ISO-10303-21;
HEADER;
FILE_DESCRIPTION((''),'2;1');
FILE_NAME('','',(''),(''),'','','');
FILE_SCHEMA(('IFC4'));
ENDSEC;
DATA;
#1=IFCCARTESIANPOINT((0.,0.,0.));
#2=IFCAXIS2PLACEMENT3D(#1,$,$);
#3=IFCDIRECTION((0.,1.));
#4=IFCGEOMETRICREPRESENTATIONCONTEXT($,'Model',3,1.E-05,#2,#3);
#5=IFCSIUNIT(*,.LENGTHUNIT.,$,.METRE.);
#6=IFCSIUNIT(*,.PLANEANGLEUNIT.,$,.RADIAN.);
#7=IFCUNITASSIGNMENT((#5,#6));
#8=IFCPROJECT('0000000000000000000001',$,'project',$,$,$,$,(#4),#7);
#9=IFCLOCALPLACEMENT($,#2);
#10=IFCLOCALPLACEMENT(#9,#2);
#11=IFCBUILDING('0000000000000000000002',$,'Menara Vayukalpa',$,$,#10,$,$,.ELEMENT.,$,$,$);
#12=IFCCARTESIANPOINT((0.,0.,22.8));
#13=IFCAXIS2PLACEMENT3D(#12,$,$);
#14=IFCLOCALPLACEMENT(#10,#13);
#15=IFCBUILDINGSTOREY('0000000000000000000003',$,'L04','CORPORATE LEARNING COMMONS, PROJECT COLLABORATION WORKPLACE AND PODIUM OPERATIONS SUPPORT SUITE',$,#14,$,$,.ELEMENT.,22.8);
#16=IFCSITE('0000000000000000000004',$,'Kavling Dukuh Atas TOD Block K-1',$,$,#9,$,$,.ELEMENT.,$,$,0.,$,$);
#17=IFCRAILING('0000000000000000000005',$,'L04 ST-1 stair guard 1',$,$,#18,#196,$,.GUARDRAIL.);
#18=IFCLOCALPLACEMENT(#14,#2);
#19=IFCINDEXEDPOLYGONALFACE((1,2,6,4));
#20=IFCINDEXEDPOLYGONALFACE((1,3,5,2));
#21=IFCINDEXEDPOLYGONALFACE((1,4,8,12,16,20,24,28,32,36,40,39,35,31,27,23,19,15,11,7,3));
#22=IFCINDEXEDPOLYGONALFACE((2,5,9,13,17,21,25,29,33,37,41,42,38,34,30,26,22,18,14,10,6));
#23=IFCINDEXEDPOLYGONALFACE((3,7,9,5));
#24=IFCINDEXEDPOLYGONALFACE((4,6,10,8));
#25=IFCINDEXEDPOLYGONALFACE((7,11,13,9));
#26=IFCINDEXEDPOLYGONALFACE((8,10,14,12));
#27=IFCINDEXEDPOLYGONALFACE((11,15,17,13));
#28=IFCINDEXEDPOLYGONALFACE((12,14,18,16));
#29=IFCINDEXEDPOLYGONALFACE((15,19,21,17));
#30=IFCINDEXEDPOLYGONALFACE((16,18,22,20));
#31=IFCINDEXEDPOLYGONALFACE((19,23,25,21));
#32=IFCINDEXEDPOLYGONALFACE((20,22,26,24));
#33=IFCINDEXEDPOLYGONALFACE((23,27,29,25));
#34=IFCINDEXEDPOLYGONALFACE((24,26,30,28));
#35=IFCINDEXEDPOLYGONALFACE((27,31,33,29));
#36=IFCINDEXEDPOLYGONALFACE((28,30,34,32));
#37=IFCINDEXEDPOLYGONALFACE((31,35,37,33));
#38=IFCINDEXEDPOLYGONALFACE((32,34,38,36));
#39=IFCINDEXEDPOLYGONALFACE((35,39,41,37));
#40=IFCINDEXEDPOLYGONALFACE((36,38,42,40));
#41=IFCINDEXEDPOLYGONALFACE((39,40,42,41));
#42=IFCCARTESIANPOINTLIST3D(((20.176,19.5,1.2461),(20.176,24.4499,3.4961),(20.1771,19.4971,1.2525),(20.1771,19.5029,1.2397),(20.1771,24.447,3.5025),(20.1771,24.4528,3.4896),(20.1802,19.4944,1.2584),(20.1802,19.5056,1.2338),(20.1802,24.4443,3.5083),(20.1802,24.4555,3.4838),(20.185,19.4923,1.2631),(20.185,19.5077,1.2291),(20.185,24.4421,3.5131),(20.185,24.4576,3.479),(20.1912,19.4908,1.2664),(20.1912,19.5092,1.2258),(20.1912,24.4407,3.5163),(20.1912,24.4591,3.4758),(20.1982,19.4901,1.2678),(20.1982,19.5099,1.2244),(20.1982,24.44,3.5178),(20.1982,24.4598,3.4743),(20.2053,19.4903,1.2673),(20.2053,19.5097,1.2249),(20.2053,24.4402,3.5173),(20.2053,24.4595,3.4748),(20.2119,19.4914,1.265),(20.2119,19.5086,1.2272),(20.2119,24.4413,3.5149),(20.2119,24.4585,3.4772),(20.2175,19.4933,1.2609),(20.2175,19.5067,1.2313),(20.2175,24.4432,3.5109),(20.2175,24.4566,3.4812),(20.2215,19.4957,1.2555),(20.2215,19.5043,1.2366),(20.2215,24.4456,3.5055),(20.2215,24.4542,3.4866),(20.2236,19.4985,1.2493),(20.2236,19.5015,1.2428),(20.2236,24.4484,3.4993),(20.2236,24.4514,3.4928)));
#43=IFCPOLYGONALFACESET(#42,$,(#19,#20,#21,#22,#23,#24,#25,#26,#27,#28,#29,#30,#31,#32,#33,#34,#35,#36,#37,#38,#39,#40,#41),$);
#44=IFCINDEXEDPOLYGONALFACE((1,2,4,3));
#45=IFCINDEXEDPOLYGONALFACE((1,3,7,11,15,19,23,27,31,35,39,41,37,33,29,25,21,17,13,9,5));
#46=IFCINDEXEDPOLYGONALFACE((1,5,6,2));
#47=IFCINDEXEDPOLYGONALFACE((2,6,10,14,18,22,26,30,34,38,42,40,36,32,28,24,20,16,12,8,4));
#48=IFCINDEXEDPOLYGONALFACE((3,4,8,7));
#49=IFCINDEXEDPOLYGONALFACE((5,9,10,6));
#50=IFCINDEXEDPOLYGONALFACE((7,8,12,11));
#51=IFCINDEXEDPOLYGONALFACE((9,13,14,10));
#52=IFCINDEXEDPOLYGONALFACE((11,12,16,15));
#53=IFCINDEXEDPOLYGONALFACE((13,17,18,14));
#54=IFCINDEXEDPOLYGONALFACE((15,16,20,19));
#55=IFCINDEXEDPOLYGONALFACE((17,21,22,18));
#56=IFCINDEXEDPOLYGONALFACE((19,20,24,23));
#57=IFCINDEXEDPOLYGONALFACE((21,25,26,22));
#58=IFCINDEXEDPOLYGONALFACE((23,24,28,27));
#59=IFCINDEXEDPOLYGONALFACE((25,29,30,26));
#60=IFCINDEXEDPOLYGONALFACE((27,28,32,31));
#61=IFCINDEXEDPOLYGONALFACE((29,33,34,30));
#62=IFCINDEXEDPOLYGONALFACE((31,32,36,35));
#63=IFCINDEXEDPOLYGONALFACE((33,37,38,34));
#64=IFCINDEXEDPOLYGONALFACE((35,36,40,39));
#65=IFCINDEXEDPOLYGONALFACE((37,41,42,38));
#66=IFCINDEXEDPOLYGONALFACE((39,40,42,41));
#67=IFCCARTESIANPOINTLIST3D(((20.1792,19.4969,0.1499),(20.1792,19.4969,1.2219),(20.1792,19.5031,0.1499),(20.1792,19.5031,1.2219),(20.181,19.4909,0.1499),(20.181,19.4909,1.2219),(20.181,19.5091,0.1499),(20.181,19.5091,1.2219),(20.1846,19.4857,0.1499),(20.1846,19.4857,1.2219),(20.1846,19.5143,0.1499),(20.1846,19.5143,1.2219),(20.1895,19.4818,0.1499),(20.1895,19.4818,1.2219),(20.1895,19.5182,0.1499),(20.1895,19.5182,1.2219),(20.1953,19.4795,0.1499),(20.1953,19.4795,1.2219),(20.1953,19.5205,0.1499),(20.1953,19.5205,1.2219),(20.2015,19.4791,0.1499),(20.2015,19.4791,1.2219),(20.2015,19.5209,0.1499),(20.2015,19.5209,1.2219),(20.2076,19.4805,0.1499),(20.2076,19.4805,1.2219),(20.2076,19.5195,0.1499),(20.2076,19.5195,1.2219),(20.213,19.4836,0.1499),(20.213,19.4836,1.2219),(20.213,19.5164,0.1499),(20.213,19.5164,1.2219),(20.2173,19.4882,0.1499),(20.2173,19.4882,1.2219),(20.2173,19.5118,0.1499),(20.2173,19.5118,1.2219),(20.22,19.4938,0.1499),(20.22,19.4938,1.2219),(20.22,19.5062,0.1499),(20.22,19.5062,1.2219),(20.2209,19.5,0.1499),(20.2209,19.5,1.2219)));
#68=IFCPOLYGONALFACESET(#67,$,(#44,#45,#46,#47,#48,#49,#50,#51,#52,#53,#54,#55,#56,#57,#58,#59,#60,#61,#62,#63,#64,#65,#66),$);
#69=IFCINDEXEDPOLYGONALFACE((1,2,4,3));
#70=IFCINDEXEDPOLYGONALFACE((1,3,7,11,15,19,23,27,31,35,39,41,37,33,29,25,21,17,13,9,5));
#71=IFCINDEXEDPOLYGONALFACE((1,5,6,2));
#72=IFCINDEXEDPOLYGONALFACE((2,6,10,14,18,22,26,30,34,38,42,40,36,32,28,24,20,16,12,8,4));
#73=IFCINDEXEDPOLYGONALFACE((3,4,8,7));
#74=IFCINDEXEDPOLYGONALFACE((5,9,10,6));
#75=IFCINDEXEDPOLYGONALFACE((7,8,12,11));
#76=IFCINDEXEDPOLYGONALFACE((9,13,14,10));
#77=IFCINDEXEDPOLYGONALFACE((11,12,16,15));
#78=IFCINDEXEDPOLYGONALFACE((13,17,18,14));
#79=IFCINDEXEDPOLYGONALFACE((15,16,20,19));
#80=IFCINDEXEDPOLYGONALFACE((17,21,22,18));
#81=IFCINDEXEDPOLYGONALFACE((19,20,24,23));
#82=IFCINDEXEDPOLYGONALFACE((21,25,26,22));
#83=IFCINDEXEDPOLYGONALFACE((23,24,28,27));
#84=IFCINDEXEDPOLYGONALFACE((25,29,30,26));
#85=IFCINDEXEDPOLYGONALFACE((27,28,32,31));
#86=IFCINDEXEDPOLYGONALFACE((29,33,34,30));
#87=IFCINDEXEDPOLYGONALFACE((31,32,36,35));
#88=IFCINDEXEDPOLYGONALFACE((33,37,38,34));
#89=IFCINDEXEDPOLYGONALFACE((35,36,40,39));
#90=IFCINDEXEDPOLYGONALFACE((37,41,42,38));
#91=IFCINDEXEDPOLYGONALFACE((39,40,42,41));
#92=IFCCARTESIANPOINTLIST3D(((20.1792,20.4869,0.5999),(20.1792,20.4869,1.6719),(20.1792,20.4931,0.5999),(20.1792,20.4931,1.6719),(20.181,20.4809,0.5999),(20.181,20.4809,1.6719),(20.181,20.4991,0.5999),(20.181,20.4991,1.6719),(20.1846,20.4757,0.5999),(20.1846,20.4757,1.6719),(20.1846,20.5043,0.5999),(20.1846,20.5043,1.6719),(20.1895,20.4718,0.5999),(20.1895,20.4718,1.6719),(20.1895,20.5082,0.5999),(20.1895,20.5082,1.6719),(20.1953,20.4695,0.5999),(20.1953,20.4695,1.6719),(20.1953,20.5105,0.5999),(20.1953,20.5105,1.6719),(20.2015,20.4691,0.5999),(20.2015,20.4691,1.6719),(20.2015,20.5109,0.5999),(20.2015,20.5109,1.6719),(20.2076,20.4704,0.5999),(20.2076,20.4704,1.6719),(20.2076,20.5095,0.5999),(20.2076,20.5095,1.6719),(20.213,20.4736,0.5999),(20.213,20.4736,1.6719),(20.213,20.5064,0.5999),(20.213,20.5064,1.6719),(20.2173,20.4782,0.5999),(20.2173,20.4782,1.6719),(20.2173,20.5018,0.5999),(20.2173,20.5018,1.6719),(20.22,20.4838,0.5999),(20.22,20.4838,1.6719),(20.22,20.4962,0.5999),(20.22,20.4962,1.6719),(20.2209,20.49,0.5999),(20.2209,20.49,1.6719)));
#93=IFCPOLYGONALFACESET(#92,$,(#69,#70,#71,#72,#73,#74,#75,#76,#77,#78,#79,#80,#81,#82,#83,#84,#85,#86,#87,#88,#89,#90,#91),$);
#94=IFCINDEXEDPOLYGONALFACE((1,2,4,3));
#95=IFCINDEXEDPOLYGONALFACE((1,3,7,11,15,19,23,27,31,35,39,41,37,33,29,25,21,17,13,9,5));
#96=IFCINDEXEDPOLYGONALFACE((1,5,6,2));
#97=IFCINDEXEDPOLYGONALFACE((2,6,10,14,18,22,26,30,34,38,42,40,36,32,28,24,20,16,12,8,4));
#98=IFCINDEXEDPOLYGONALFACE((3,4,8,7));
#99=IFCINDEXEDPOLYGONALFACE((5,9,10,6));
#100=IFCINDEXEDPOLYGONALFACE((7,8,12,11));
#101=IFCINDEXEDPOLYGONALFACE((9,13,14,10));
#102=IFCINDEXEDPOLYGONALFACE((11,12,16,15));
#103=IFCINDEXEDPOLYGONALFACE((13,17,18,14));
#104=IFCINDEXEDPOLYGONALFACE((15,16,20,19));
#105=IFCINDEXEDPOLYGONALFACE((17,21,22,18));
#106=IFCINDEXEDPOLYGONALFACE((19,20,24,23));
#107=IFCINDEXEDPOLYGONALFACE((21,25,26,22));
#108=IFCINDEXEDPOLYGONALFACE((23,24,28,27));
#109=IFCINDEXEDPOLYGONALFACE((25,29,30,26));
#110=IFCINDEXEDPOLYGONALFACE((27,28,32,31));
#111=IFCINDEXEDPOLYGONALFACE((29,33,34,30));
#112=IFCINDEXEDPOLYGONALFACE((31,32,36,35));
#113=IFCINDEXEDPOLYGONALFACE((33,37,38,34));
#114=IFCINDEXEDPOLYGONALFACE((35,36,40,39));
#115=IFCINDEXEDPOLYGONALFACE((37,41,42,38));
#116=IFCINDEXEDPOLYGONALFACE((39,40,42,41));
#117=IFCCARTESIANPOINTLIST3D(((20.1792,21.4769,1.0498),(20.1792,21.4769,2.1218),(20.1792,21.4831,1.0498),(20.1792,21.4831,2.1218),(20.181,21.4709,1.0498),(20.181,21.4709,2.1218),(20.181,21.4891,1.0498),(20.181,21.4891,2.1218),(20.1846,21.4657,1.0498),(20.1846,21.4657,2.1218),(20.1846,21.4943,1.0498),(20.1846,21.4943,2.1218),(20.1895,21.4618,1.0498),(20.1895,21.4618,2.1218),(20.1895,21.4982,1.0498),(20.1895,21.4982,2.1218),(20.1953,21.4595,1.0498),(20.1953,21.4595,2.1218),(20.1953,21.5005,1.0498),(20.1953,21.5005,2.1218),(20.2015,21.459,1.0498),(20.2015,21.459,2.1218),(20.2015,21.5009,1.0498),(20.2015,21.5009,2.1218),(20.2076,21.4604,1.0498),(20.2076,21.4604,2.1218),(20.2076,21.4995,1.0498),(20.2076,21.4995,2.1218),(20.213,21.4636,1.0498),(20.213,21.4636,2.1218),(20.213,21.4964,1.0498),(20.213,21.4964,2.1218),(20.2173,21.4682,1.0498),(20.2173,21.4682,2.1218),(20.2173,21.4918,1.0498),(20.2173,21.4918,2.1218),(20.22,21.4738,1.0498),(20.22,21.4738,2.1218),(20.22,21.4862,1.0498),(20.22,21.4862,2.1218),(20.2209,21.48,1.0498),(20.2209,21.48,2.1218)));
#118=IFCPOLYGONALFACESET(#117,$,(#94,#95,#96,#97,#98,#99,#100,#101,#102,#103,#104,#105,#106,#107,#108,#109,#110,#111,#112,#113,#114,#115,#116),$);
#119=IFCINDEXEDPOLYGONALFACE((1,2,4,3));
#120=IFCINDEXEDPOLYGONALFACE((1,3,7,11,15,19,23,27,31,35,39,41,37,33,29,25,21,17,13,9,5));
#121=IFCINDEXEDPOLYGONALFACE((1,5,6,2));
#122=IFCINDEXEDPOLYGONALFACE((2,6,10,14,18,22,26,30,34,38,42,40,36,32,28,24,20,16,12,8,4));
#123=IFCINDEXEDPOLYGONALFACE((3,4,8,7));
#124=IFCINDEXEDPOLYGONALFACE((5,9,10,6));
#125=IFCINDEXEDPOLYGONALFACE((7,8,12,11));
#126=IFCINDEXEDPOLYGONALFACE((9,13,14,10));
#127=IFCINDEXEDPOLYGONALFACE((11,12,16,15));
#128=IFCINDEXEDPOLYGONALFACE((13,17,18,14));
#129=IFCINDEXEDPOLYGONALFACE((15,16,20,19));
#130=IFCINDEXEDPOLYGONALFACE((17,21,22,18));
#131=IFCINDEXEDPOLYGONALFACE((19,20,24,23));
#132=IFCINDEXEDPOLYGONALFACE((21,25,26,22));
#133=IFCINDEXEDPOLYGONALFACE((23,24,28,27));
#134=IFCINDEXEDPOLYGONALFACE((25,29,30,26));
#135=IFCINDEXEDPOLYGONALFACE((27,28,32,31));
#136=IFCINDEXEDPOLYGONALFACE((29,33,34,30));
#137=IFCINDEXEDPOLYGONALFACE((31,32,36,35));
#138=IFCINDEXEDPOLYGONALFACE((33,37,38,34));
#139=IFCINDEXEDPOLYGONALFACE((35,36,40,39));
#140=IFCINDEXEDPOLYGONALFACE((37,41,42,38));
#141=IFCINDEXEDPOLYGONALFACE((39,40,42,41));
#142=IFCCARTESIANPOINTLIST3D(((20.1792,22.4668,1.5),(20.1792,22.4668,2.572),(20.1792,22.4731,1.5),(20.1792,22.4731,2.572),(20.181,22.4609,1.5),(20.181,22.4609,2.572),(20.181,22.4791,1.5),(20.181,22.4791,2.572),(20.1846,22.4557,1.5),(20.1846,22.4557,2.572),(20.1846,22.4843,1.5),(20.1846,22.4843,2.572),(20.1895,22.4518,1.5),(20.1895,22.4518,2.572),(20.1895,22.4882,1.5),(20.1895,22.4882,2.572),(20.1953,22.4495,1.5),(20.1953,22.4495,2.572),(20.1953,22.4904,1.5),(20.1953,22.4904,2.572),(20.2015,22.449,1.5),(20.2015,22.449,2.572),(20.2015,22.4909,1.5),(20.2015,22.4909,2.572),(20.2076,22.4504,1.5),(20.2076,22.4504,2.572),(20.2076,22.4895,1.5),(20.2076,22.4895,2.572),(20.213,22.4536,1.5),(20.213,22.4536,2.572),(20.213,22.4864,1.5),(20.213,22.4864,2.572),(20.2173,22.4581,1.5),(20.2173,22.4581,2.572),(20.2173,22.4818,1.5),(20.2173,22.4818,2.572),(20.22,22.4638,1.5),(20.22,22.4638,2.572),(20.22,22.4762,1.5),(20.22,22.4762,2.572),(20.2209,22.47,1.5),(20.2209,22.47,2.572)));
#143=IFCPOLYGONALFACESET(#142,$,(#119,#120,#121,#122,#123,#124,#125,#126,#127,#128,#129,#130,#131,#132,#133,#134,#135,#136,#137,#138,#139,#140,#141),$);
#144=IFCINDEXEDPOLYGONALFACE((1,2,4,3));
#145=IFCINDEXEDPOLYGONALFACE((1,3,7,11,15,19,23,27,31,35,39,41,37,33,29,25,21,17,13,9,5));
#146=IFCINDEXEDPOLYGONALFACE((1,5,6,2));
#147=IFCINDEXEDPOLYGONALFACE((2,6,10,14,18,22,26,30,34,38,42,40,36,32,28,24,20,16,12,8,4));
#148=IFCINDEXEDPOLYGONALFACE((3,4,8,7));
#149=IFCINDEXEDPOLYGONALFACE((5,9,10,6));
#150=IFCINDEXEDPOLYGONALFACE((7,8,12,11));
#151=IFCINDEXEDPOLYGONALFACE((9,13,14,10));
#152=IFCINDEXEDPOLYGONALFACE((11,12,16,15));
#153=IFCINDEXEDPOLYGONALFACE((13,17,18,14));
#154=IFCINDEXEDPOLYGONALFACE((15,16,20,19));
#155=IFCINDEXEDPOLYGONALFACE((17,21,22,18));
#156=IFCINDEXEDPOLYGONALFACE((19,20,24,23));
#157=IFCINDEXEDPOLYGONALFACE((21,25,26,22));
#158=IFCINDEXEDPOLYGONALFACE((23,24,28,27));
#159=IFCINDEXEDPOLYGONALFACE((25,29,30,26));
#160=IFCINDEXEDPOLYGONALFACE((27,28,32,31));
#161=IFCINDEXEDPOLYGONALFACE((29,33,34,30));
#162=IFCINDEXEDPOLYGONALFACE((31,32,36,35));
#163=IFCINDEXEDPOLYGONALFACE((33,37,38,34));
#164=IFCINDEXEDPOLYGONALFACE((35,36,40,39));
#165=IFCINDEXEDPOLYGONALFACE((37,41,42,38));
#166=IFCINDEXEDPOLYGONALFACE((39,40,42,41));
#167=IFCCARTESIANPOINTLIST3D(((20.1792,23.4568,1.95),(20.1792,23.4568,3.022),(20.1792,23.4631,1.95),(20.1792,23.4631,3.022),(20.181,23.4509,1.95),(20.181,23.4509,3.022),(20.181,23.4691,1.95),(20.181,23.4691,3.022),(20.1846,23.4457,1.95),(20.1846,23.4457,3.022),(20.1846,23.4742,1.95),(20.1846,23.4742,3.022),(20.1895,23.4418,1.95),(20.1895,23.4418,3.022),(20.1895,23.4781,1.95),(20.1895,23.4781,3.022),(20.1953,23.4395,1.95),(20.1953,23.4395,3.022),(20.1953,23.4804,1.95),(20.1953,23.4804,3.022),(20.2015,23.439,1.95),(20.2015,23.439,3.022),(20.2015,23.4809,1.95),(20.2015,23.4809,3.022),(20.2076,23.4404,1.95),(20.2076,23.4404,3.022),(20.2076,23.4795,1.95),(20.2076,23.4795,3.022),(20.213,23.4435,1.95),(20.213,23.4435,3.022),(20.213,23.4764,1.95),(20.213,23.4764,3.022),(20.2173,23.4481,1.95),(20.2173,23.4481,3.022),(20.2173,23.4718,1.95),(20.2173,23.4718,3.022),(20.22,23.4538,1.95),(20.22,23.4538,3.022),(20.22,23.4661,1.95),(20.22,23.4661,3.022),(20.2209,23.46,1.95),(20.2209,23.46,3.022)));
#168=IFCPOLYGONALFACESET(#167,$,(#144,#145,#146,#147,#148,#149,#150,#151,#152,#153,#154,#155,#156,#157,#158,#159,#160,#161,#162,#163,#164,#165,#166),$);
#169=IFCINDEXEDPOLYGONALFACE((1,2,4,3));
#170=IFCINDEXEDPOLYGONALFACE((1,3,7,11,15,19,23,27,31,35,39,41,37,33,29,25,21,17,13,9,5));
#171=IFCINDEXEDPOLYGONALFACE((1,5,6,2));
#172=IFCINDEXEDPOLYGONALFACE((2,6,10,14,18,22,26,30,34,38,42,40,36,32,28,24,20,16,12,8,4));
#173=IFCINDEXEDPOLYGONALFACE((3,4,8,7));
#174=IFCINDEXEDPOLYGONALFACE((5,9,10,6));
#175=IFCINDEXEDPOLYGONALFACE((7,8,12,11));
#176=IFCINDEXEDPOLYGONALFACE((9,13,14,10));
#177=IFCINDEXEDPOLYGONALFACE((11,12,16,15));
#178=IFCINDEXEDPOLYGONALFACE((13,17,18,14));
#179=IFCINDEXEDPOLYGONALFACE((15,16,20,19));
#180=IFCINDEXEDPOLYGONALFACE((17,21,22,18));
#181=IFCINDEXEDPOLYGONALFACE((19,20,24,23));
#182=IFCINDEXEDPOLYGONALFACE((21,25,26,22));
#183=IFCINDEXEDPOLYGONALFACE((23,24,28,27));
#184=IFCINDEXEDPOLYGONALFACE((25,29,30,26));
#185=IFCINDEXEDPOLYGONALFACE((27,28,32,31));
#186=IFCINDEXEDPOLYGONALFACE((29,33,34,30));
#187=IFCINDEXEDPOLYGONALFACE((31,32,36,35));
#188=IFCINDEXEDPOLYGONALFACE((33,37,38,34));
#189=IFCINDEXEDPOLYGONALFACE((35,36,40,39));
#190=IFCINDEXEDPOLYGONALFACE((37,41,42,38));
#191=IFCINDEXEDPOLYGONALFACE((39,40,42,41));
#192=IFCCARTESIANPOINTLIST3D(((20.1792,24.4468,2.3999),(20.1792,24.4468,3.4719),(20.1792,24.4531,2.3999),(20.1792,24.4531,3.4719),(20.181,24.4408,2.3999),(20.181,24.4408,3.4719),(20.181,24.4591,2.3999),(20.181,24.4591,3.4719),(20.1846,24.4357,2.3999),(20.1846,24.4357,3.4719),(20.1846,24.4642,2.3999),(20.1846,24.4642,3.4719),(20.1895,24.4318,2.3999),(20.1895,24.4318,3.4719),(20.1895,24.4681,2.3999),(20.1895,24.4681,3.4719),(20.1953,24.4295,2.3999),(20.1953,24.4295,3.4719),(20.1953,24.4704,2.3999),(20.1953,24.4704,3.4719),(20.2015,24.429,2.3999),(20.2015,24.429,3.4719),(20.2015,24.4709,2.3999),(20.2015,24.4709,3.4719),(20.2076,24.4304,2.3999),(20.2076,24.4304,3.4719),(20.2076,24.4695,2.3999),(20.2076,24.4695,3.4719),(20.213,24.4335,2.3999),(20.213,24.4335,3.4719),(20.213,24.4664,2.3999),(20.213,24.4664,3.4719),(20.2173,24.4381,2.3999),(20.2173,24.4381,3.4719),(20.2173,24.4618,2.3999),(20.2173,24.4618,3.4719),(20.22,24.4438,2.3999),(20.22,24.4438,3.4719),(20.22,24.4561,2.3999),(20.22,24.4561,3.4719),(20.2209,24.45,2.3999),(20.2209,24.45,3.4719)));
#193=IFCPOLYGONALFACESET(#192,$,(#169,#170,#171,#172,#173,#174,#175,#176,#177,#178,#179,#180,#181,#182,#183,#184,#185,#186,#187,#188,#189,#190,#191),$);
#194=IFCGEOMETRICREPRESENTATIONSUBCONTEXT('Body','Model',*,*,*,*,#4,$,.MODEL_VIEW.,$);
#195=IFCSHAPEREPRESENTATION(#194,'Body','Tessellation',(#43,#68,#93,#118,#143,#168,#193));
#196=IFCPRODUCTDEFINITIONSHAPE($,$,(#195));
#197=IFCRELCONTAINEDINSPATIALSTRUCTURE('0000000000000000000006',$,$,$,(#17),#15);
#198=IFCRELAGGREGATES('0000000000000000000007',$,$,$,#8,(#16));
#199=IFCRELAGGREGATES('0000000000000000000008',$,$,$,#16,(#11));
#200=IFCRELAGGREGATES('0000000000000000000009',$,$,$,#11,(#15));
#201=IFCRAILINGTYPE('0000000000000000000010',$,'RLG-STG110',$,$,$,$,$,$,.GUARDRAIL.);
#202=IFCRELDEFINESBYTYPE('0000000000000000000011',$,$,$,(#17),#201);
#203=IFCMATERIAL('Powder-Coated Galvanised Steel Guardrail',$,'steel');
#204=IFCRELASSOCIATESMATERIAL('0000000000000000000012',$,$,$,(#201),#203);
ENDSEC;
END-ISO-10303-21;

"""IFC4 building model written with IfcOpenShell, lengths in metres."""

from ifc_helpers import new_model, si_unit, direction, frame, origin, origin_2d, place, context, subcontext, project, spatial, circle, extrude, material, type_object, element, save


model = new_model("IFC4")

# Units and contexts
model_context = context("Model", 3, precision=1e-05, world=origin(), true_north=direction((0.0, 1.0)))
body_context = subcontext(model_context, "Body", "Model", "MODEL_VIEW")
ifc_project = project(units=[si_unit("LENGTHUNIT", "METRE"), si_unit("PLANEANGLEUNIT", "RADIAN")], contexts=[model_context])

# Site, building, storey
site_placement = place(None, origin())
site = spatial("IfcSite", under=ifc_project, at=site_placement, Name="Kavling Dukuh Atas TOD Block K-1", CompositionType="ELEMENT", RefElevation=0.0)
building_placement = place(site_placement, origin())
building = spatial("IfcBuilding", under=site, at=building_placement, Name="Menara Vayukalpa", CompositionType="ELEMENT")
storey_placement = place(building_placement, frame((0.0, 0.0, 22.8)))
storey = spatial("IfcBuildingStorey", under=building, at=storey_placement, Name="L04", Description="CORPORATE LEARNING COMMONS, PROJECT COLLABORATION WORKPLACE AND PODIUM OPERATIONS SUPPORT SUITE", CompositionType="ELEMENT", Elevation=22.8)

# Railing
ifc_material_1 = material(Name="Powder-Coated Galvanised Steel Guardrail", Category="steel")
railing_type = type_object("IfcRailingType", Name="RLG-STG110", PredefinedType="GUARDRAIL", material=ifc_material_1)
railing_1_placement = place(storey_placement, frame((20.2, 19.5, 0.1499)))
element("IfcRailing", 1, at=railing_1_placement, inside=storey, type_object=railing_type, Name="L04 ST-1 stair guard 1", PredefinedType="GUARDRAIL", context=body_context, shape_type="SweptSolid", body=[
    extrude(circle(Radius=0.0239, at=origin_2d()), frame((0.0, 0.0, 1.0962), z_axis=(0.0, 0.910365, 0.413806), x_axis=(-1.0, 0.0, 0.0)), (0.0, 0.0, 1.0), 5.4373),
    extrude(circle(Radius=0.021, at=origin_2d()), origin(), (0.0, 0.0, 1.0), 1.072),
    extrude(circle(Radius=0.021, at=origin_2d()), frame((0.0, 0.99, 0.45)), (0.0, 0.0, 1.0), 1.072),
    extrude(circle(Radius=0.021, at=origin_2d()), frame((0.0, 1.98, 0.8999)), (0.0, 0.0, 1.0), 1.072),
    extrude(circle(Radius=0.021, at=origin_2d()), frame((0.0, 2.97, 1.3501)), (0.0, 0.0, 1.0), 1.072),
    extrude(circle(Radius=0.021, at=origin_2d()), frame((0.0, 3.96, 1.8)), (0.0, 0.0, 1.0), 1.072),
    extrude(circle(Radius=0.021, at=origin_2d()), frame((0.0, 4.95, 2.25)), (0.0, 0.0, 1.0), 1.072),
])

save(model, "model.ifc")
